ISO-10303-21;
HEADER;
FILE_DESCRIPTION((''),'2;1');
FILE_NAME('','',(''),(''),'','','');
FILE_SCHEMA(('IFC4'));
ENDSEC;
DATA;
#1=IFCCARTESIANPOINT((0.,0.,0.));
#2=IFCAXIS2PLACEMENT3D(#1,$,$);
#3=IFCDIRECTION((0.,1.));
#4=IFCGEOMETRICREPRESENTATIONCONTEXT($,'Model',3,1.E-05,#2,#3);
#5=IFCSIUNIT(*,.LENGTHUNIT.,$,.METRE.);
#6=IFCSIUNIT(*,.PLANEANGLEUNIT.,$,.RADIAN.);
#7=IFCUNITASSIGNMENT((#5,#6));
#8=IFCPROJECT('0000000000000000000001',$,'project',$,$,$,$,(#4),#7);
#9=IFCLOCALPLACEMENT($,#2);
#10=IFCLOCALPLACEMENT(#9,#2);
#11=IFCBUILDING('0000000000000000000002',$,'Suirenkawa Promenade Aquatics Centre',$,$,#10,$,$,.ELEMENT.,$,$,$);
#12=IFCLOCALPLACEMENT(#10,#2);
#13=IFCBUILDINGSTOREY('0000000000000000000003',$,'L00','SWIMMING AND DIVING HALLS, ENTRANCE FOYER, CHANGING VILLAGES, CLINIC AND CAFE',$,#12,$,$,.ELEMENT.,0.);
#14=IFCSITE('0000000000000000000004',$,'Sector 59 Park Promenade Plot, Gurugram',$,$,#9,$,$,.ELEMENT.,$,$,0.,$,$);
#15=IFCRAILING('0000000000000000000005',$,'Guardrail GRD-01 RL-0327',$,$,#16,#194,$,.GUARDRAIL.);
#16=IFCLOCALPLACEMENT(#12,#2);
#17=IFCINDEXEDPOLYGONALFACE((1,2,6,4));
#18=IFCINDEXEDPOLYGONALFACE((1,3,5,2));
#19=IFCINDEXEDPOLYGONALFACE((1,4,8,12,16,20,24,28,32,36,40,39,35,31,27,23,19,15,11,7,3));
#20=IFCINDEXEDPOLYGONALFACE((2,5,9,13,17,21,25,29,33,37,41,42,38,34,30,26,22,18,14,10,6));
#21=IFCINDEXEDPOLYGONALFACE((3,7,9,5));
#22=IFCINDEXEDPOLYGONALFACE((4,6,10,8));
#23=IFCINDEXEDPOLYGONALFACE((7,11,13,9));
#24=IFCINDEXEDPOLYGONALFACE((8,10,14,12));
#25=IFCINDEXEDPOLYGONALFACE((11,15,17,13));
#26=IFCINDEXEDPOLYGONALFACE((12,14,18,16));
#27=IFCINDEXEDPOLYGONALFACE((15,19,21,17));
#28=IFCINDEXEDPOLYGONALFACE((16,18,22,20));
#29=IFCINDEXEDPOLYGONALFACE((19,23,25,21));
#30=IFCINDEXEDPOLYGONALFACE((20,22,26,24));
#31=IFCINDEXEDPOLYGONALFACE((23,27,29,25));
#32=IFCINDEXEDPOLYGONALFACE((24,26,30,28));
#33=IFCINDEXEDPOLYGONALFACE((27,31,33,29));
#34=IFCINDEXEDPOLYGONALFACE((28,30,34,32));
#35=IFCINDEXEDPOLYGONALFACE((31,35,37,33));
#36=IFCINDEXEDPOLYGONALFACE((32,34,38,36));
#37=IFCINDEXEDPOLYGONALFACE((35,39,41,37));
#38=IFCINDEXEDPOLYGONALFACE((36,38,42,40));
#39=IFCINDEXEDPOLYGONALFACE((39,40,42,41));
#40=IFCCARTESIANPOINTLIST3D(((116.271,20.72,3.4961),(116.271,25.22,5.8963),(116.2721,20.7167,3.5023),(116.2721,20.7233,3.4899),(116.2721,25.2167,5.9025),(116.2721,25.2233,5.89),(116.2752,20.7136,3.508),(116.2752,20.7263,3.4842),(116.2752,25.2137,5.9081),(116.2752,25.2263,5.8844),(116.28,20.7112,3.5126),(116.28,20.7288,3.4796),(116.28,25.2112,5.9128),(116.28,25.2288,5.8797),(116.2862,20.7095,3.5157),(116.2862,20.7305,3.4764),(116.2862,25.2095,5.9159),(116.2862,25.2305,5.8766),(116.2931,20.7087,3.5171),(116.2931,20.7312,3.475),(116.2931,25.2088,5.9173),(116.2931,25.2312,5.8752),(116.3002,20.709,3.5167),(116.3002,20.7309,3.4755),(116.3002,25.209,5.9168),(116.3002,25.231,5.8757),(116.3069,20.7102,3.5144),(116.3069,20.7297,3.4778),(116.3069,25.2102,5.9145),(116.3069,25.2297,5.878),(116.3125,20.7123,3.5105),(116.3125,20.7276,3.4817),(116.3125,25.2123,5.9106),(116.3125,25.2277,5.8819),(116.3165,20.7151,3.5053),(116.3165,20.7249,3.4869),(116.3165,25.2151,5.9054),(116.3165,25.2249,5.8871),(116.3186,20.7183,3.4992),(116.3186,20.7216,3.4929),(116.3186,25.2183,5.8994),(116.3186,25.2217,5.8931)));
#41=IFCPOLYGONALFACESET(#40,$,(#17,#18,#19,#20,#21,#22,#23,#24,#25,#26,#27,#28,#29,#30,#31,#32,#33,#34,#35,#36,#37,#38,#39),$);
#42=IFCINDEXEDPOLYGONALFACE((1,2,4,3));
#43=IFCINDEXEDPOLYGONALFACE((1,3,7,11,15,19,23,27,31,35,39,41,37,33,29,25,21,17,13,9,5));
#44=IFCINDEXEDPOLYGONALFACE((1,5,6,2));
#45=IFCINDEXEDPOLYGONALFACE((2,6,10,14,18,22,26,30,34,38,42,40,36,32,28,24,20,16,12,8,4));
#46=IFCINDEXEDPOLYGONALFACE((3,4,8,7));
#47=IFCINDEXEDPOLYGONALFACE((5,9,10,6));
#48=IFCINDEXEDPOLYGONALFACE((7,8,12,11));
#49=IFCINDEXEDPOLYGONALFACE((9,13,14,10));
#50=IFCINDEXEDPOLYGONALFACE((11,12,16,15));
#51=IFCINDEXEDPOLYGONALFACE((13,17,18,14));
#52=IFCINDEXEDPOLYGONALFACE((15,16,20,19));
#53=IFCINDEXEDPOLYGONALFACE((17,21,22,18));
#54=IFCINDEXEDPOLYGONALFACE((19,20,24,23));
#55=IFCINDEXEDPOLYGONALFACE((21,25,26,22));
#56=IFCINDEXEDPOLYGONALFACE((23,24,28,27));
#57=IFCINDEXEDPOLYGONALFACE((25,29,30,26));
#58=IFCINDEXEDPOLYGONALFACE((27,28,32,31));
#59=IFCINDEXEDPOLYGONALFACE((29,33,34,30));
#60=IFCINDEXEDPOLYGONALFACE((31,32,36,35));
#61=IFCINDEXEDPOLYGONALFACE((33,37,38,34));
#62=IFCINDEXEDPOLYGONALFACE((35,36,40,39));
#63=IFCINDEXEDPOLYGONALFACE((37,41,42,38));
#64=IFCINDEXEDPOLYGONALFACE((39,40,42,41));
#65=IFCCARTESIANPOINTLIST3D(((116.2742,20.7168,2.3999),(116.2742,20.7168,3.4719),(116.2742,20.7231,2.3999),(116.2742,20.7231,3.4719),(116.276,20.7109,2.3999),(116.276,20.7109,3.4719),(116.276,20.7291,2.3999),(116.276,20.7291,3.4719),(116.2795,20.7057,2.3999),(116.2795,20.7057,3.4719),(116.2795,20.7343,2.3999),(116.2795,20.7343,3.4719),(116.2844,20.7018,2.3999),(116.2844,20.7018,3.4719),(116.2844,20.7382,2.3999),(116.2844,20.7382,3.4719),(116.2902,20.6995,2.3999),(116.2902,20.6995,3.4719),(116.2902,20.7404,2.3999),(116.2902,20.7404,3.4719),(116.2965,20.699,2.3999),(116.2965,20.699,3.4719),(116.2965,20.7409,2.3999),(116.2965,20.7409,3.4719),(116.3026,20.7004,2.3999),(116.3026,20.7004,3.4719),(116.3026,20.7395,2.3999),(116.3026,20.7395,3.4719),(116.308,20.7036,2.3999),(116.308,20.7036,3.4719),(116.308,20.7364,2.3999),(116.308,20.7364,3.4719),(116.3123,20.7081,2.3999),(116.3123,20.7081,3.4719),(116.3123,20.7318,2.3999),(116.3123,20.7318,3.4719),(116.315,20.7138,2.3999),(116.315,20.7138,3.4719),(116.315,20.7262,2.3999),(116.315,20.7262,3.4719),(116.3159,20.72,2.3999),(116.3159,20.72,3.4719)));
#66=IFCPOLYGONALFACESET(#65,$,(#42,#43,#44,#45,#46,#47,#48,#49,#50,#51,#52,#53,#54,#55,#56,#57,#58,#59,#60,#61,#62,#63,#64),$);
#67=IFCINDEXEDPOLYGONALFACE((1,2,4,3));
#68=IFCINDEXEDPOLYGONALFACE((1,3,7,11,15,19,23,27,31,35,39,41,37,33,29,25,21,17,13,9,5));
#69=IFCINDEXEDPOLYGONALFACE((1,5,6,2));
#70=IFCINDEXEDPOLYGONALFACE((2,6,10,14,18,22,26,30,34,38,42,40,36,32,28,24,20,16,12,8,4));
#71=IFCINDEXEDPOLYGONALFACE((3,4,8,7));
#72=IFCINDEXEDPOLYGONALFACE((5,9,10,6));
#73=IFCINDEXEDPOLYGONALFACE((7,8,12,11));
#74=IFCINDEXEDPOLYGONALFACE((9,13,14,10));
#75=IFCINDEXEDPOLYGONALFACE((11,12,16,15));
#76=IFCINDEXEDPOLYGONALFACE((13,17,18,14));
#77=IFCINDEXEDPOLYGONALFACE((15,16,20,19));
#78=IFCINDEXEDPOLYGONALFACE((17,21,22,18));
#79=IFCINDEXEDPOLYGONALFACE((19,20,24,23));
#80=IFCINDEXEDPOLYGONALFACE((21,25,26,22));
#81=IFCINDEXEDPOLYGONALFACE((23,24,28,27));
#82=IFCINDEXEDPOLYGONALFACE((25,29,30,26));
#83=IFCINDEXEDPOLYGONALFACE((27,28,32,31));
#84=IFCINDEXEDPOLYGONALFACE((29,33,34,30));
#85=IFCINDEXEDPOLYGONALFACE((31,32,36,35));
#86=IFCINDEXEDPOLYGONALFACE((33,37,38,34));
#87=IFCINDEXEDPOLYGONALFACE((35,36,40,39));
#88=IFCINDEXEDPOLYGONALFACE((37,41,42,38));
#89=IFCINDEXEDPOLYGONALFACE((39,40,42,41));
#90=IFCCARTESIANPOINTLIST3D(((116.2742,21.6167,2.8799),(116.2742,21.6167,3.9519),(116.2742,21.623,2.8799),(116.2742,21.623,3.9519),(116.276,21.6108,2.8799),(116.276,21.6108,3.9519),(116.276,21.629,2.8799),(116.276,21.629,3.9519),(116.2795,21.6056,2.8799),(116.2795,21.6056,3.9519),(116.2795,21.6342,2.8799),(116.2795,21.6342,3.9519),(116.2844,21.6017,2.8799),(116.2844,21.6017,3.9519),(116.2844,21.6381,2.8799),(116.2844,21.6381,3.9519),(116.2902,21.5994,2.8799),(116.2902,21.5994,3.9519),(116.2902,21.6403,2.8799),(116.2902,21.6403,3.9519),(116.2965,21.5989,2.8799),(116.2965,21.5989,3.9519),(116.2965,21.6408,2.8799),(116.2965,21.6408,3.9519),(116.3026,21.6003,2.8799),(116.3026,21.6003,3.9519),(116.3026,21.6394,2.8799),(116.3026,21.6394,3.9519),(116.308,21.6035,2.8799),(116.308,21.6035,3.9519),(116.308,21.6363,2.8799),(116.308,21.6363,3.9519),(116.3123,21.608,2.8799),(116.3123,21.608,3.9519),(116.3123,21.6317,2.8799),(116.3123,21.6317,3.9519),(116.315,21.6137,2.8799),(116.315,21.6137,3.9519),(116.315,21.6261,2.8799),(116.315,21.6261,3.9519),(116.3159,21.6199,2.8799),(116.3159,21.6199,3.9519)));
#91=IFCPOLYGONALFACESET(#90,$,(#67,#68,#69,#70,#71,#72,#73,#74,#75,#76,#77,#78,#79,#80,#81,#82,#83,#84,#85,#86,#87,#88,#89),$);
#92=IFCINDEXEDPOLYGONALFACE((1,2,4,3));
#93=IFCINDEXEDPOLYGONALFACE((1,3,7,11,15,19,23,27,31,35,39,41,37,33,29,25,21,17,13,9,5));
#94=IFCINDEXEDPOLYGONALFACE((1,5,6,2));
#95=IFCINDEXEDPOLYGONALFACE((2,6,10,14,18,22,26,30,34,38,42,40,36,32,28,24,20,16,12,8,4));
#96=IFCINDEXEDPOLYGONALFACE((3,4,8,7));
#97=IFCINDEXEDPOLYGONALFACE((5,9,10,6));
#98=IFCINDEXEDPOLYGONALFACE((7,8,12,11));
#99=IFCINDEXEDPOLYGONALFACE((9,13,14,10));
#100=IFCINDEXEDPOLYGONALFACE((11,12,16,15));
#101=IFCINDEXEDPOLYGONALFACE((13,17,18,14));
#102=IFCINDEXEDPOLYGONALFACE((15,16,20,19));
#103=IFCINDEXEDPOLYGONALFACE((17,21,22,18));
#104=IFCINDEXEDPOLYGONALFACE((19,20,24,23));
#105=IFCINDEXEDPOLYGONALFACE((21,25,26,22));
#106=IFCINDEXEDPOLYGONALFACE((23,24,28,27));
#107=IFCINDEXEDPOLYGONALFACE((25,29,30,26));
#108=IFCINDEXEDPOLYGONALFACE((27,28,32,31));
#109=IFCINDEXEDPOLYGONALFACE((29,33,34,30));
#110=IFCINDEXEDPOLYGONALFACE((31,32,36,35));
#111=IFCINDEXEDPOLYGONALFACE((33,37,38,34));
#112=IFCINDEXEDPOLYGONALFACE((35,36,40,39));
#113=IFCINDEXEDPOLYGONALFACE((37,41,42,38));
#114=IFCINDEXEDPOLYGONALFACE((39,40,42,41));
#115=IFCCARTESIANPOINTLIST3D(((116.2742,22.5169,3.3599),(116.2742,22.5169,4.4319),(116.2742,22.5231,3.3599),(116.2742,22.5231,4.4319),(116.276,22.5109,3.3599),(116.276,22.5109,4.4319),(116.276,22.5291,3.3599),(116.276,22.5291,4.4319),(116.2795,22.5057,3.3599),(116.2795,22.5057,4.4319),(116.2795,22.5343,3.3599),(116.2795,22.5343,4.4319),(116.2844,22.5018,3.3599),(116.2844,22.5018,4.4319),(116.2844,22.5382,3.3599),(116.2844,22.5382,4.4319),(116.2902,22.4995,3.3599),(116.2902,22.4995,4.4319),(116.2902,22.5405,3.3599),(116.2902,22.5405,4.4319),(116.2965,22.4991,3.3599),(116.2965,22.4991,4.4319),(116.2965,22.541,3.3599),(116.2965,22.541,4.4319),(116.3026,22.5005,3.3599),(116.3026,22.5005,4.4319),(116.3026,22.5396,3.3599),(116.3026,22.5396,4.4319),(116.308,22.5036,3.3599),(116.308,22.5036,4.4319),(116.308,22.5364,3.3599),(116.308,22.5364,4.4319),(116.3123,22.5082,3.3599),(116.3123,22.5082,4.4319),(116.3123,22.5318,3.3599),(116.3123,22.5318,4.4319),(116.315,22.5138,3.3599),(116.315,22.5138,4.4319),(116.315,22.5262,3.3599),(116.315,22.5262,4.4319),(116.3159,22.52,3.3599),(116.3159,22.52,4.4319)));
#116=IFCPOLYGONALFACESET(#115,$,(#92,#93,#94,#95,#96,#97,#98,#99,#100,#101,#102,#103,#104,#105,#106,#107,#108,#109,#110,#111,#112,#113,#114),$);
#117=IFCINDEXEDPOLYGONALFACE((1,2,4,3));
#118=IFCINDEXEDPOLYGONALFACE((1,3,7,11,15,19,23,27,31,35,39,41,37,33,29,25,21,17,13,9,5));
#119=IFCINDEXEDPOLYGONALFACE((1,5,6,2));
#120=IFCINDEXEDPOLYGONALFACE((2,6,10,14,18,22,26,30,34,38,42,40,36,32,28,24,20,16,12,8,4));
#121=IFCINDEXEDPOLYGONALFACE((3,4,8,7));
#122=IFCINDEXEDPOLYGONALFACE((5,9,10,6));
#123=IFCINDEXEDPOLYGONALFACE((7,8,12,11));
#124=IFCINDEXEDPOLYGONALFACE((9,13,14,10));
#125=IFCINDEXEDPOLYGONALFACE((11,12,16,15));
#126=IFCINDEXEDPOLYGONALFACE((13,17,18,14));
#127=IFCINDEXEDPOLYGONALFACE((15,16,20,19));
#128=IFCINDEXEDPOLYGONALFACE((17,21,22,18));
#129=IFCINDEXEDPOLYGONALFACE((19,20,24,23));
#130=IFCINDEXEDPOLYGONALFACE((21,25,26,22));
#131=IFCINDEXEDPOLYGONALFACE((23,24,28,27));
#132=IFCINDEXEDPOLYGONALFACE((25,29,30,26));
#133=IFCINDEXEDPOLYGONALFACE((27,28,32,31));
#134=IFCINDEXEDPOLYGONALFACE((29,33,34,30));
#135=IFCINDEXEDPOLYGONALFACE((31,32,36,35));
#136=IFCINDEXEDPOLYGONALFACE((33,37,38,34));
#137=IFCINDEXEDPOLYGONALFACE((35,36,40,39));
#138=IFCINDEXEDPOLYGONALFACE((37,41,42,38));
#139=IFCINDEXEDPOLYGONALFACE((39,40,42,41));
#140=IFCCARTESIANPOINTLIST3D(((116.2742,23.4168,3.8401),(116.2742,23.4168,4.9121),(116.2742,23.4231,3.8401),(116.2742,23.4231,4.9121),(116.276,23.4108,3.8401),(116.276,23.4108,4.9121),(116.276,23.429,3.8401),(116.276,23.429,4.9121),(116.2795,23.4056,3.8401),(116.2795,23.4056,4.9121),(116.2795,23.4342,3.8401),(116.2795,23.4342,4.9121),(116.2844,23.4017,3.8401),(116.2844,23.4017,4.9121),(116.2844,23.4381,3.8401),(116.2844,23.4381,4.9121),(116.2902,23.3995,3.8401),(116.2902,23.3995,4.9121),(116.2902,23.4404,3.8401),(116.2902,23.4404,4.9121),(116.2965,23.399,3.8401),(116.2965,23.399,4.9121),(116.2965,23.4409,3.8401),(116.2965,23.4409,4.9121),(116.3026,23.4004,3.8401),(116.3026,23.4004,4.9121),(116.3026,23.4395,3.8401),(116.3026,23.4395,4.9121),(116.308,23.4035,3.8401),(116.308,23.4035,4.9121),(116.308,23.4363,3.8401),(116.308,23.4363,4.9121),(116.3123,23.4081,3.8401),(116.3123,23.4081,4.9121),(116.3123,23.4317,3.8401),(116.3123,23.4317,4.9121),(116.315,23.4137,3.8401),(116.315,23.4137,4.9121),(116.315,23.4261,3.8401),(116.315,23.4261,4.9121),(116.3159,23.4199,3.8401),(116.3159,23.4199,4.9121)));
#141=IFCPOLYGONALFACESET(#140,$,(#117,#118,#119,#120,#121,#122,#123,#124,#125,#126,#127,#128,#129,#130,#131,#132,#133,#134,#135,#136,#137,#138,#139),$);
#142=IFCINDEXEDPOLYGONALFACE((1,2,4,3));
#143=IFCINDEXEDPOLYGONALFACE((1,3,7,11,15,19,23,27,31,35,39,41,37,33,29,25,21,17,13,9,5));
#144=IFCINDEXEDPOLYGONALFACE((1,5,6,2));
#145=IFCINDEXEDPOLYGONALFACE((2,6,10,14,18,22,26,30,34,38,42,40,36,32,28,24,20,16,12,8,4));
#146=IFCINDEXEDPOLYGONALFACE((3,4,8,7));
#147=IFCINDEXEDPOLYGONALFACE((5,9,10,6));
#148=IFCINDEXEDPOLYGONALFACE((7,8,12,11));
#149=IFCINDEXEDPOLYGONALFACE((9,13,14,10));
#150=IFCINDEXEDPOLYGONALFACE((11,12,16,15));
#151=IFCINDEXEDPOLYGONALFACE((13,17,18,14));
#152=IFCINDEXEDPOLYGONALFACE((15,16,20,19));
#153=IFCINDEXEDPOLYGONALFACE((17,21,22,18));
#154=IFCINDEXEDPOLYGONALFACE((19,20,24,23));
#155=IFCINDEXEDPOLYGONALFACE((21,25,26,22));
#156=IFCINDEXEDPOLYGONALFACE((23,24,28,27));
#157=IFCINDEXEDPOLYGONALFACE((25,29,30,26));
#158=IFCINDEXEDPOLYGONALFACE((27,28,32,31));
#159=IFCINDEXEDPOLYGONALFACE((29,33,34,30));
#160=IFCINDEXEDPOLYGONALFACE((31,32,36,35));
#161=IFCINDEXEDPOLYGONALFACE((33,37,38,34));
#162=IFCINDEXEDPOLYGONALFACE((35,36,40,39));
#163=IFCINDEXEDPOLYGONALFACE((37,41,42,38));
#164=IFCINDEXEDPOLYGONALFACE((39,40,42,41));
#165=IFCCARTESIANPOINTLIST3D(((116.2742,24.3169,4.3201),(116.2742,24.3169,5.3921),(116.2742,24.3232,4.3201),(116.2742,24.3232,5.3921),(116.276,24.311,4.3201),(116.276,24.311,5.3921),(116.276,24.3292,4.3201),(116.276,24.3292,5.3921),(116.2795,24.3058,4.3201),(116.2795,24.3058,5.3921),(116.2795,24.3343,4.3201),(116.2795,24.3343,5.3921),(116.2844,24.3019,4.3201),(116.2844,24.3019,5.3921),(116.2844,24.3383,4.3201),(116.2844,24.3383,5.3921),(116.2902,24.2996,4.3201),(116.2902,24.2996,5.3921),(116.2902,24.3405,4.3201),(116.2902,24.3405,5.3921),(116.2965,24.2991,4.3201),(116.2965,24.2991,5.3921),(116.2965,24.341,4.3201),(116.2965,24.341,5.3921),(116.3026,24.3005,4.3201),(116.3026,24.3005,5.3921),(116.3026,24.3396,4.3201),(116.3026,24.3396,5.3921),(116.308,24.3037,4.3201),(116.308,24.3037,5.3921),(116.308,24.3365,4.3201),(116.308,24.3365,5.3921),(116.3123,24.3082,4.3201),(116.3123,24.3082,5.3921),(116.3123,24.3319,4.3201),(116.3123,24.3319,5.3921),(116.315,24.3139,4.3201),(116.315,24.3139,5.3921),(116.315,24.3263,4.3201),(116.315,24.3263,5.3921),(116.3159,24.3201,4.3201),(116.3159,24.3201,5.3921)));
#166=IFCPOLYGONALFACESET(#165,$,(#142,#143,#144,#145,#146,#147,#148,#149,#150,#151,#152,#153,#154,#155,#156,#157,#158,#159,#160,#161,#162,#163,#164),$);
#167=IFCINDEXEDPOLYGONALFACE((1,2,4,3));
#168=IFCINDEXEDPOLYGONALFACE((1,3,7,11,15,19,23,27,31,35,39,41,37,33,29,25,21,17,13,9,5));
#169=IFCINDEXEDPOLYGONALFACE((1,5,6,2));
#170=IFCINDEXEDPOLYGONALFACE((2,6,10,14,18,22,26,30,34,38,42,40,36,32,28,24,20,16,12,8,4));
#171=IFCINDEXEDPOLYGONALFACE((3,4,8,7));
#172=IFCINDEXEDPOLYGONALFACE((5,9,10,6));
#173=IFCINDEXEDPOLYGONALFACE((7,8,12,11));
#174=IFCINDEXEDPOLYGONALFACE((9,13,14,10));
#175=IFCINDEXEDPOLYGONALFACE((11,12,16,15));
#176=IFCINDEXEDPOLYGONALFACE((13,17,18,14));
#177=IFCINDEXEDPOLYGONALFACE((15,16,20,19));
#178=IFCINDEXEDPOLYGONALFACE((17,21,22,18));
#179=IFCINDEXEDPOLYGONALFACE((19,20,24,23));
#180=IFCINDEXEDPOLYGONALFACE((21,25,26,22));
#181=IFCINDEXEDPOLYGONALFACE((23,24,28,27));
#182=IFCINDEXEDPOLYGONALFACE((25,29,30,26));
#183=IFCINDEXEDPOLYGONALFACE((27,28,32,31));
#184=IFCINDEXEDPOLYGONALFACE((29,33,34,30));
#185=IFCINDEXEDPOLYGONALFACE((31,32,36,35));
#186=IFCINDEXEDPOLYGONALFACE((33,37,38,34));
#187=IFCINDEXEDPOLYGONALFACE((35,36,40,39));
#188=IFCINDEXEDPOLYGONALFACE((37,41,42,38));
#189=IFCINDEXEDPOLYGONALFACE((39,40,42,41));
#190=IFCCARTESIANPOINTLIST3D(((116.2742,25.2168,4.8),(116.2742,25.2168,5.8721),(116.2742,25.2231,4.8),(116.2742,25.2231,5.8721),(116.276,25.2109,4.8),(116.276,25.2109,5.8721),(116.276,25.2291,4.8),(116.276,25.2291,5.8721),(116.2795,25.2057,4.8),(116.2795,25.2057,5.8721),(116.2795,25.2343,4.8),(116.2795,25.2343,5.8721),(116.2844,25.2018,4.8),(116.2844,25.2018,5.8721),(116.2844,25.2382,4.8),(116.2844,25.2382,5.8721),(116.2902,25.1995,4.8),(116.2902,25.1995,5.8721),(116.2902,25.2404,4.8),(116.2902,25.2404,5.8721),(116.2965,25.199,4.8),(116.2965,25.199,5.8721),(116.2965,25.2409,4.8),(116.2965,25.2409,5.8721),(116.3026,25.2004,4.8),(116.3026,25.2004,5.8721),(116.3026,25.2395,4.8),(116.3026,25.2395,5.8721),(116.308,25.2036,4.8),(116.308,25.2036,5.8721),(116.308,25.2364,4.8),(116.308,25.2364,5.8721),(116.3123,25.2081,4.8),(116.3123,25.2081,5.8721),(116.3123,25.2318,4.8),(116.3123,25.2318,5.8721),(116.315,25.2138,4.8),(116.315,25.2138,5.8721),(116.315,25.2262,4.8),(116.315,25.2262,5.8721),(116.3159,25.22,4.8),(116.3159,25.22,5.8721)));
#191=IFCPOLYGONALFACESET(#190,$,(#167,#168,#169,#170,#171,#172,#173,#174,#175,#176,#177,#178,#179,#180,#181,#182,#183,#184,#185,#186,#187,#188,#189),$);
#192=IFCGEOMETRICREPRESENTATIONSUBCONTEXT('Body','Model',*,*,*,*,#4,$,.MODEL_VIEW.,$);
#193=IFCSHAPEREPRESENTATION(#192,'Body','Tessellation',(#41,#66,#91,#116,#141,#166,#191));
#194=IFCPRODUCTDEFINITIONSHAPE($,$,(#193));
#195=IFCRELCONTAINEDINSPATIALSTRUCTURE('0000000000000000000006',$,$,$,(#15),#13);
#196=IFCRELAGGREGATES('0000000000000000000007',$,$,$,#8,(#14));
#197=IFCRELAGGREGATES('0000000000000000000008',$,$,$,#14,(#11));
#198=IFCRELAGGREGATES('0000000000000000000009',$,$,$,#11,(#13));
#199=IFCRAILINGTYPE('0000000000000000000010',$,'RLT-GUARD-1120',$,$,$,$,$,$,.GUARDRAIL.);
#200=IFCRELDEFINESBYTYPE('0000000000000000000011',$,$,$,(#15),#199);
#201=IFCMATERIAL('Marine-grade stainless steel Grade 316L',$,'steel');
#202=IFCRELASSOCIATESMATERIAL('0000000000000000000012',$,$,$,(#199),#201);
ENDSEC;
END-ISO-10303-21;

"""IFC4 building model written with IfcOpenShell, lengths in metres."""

from ifc_helpers import new_model, si_unit, direction, frame, origin, origin_2d, place, context, subcontext, project, spatial, circle, extrude, material, type_object, element, save


model = new_model("IFC4")

# Units and contexts
model_context = context("Model", 3, precision=1e-05, world=origin(), true_north=direction((0.0, 1.0)))
body_context = subcontext(model_context, "Body", "Model", "MODEL_VIEW")
ifc_project = project(units=[si_unit("LENGTHUNIT", "METRE"), si_unit("PLANEANGLEUNIT", "RADIAN")], contexts=[model_context])

# Site, building, storey
site_placement = place(None, origin())
site = spatial("IfcSite", under=ifc_project, at=site_placement, Name="Sector 59 Park Promenade Plot, Gurugram", CompositionType="ELEMENT", RefElevation=0.0)
building_placement = place(site_placement, origin())
building = spatial("IfcBuilding", under=site, at=building_placement, Name="Suirenkawa Promenade Aquatics Centre", CompositionType="ELEMENT")
storey_placement = place(building_placement, origin())
storey = spatial("IfcBuildingStorey", under=building, at=storey_placement, Name="L00", Description="SWIMMING AND DIVING HALLS, ENTRANCE FOYER, CHANGING VILLAGES, CLINIC AND CAFE", CompositionType="ELEMENT", Elevation=0.0)

# Railing
ifc_material_1 = material(Name="Marine-grade stainless steel Grade 316L", Category="steel")
railing_type_1 = type_object("IfcRailingType", Name="RLT-GUARD-1120", PredefinedType="GUARDRAIL", material=ifc_material_1)
for number, where, name in (
    (1, (116.2949, 20.72, 2.3999), "Guardrail GRD-01 RL-0327"),
):
    element("IfcRailing", number, at=place(storey_placement, frame(where)), inside=storey, type_object=railing_type_1, Name=name, PredefinedType="GUARDRAIL", context=body_context, shape_type="SweptSolid", body=[
        extrude(circle(Radius=0.0239, at=origin_2d()), frame((0.0, 0.0, 1.0962), z_axis=(0.0, 0.882341, 0.470611), x_axis=(-1.0, 0.0, 0.0)), (0.0, 0.0, 1.0), 5.1001),
        extrude(circle(Radius=0.021, at=origin_2d()), origin(), (0.0, 0.0, 1.0), 1.072),
        extrude(circle(Radius=0.021, at=origin_2d()), frame((0.0, 0.8999, 0.48)), (0.0, 0.0, 1.0), 1.072),
        extrude(circle(Radius=0.021, at=origin_2d()), frame((0.0, 1.8, 0.96)), (0.0, 0.0, 1.0), 1.072),
        extrude(circle(Radius=0.021, at=origin_2d()), frame((0.0, 2.7, 1.4402)), (0.0, 0.0, 1.0), 1.072),
        extrude(circle(Radius=0.021, at=origin_2d()), frame((0.0, 3.6001, 1.9202)), (0.0, 0.0, 1.0), 1.072),
        extrude(circle(Radius=0.021, at=origin_2d()), frame((0.0, 4.5, 2.4001)), (0.0, 0.0, 1.0), 1.072),
    ])

save(model, "model.ifc")
